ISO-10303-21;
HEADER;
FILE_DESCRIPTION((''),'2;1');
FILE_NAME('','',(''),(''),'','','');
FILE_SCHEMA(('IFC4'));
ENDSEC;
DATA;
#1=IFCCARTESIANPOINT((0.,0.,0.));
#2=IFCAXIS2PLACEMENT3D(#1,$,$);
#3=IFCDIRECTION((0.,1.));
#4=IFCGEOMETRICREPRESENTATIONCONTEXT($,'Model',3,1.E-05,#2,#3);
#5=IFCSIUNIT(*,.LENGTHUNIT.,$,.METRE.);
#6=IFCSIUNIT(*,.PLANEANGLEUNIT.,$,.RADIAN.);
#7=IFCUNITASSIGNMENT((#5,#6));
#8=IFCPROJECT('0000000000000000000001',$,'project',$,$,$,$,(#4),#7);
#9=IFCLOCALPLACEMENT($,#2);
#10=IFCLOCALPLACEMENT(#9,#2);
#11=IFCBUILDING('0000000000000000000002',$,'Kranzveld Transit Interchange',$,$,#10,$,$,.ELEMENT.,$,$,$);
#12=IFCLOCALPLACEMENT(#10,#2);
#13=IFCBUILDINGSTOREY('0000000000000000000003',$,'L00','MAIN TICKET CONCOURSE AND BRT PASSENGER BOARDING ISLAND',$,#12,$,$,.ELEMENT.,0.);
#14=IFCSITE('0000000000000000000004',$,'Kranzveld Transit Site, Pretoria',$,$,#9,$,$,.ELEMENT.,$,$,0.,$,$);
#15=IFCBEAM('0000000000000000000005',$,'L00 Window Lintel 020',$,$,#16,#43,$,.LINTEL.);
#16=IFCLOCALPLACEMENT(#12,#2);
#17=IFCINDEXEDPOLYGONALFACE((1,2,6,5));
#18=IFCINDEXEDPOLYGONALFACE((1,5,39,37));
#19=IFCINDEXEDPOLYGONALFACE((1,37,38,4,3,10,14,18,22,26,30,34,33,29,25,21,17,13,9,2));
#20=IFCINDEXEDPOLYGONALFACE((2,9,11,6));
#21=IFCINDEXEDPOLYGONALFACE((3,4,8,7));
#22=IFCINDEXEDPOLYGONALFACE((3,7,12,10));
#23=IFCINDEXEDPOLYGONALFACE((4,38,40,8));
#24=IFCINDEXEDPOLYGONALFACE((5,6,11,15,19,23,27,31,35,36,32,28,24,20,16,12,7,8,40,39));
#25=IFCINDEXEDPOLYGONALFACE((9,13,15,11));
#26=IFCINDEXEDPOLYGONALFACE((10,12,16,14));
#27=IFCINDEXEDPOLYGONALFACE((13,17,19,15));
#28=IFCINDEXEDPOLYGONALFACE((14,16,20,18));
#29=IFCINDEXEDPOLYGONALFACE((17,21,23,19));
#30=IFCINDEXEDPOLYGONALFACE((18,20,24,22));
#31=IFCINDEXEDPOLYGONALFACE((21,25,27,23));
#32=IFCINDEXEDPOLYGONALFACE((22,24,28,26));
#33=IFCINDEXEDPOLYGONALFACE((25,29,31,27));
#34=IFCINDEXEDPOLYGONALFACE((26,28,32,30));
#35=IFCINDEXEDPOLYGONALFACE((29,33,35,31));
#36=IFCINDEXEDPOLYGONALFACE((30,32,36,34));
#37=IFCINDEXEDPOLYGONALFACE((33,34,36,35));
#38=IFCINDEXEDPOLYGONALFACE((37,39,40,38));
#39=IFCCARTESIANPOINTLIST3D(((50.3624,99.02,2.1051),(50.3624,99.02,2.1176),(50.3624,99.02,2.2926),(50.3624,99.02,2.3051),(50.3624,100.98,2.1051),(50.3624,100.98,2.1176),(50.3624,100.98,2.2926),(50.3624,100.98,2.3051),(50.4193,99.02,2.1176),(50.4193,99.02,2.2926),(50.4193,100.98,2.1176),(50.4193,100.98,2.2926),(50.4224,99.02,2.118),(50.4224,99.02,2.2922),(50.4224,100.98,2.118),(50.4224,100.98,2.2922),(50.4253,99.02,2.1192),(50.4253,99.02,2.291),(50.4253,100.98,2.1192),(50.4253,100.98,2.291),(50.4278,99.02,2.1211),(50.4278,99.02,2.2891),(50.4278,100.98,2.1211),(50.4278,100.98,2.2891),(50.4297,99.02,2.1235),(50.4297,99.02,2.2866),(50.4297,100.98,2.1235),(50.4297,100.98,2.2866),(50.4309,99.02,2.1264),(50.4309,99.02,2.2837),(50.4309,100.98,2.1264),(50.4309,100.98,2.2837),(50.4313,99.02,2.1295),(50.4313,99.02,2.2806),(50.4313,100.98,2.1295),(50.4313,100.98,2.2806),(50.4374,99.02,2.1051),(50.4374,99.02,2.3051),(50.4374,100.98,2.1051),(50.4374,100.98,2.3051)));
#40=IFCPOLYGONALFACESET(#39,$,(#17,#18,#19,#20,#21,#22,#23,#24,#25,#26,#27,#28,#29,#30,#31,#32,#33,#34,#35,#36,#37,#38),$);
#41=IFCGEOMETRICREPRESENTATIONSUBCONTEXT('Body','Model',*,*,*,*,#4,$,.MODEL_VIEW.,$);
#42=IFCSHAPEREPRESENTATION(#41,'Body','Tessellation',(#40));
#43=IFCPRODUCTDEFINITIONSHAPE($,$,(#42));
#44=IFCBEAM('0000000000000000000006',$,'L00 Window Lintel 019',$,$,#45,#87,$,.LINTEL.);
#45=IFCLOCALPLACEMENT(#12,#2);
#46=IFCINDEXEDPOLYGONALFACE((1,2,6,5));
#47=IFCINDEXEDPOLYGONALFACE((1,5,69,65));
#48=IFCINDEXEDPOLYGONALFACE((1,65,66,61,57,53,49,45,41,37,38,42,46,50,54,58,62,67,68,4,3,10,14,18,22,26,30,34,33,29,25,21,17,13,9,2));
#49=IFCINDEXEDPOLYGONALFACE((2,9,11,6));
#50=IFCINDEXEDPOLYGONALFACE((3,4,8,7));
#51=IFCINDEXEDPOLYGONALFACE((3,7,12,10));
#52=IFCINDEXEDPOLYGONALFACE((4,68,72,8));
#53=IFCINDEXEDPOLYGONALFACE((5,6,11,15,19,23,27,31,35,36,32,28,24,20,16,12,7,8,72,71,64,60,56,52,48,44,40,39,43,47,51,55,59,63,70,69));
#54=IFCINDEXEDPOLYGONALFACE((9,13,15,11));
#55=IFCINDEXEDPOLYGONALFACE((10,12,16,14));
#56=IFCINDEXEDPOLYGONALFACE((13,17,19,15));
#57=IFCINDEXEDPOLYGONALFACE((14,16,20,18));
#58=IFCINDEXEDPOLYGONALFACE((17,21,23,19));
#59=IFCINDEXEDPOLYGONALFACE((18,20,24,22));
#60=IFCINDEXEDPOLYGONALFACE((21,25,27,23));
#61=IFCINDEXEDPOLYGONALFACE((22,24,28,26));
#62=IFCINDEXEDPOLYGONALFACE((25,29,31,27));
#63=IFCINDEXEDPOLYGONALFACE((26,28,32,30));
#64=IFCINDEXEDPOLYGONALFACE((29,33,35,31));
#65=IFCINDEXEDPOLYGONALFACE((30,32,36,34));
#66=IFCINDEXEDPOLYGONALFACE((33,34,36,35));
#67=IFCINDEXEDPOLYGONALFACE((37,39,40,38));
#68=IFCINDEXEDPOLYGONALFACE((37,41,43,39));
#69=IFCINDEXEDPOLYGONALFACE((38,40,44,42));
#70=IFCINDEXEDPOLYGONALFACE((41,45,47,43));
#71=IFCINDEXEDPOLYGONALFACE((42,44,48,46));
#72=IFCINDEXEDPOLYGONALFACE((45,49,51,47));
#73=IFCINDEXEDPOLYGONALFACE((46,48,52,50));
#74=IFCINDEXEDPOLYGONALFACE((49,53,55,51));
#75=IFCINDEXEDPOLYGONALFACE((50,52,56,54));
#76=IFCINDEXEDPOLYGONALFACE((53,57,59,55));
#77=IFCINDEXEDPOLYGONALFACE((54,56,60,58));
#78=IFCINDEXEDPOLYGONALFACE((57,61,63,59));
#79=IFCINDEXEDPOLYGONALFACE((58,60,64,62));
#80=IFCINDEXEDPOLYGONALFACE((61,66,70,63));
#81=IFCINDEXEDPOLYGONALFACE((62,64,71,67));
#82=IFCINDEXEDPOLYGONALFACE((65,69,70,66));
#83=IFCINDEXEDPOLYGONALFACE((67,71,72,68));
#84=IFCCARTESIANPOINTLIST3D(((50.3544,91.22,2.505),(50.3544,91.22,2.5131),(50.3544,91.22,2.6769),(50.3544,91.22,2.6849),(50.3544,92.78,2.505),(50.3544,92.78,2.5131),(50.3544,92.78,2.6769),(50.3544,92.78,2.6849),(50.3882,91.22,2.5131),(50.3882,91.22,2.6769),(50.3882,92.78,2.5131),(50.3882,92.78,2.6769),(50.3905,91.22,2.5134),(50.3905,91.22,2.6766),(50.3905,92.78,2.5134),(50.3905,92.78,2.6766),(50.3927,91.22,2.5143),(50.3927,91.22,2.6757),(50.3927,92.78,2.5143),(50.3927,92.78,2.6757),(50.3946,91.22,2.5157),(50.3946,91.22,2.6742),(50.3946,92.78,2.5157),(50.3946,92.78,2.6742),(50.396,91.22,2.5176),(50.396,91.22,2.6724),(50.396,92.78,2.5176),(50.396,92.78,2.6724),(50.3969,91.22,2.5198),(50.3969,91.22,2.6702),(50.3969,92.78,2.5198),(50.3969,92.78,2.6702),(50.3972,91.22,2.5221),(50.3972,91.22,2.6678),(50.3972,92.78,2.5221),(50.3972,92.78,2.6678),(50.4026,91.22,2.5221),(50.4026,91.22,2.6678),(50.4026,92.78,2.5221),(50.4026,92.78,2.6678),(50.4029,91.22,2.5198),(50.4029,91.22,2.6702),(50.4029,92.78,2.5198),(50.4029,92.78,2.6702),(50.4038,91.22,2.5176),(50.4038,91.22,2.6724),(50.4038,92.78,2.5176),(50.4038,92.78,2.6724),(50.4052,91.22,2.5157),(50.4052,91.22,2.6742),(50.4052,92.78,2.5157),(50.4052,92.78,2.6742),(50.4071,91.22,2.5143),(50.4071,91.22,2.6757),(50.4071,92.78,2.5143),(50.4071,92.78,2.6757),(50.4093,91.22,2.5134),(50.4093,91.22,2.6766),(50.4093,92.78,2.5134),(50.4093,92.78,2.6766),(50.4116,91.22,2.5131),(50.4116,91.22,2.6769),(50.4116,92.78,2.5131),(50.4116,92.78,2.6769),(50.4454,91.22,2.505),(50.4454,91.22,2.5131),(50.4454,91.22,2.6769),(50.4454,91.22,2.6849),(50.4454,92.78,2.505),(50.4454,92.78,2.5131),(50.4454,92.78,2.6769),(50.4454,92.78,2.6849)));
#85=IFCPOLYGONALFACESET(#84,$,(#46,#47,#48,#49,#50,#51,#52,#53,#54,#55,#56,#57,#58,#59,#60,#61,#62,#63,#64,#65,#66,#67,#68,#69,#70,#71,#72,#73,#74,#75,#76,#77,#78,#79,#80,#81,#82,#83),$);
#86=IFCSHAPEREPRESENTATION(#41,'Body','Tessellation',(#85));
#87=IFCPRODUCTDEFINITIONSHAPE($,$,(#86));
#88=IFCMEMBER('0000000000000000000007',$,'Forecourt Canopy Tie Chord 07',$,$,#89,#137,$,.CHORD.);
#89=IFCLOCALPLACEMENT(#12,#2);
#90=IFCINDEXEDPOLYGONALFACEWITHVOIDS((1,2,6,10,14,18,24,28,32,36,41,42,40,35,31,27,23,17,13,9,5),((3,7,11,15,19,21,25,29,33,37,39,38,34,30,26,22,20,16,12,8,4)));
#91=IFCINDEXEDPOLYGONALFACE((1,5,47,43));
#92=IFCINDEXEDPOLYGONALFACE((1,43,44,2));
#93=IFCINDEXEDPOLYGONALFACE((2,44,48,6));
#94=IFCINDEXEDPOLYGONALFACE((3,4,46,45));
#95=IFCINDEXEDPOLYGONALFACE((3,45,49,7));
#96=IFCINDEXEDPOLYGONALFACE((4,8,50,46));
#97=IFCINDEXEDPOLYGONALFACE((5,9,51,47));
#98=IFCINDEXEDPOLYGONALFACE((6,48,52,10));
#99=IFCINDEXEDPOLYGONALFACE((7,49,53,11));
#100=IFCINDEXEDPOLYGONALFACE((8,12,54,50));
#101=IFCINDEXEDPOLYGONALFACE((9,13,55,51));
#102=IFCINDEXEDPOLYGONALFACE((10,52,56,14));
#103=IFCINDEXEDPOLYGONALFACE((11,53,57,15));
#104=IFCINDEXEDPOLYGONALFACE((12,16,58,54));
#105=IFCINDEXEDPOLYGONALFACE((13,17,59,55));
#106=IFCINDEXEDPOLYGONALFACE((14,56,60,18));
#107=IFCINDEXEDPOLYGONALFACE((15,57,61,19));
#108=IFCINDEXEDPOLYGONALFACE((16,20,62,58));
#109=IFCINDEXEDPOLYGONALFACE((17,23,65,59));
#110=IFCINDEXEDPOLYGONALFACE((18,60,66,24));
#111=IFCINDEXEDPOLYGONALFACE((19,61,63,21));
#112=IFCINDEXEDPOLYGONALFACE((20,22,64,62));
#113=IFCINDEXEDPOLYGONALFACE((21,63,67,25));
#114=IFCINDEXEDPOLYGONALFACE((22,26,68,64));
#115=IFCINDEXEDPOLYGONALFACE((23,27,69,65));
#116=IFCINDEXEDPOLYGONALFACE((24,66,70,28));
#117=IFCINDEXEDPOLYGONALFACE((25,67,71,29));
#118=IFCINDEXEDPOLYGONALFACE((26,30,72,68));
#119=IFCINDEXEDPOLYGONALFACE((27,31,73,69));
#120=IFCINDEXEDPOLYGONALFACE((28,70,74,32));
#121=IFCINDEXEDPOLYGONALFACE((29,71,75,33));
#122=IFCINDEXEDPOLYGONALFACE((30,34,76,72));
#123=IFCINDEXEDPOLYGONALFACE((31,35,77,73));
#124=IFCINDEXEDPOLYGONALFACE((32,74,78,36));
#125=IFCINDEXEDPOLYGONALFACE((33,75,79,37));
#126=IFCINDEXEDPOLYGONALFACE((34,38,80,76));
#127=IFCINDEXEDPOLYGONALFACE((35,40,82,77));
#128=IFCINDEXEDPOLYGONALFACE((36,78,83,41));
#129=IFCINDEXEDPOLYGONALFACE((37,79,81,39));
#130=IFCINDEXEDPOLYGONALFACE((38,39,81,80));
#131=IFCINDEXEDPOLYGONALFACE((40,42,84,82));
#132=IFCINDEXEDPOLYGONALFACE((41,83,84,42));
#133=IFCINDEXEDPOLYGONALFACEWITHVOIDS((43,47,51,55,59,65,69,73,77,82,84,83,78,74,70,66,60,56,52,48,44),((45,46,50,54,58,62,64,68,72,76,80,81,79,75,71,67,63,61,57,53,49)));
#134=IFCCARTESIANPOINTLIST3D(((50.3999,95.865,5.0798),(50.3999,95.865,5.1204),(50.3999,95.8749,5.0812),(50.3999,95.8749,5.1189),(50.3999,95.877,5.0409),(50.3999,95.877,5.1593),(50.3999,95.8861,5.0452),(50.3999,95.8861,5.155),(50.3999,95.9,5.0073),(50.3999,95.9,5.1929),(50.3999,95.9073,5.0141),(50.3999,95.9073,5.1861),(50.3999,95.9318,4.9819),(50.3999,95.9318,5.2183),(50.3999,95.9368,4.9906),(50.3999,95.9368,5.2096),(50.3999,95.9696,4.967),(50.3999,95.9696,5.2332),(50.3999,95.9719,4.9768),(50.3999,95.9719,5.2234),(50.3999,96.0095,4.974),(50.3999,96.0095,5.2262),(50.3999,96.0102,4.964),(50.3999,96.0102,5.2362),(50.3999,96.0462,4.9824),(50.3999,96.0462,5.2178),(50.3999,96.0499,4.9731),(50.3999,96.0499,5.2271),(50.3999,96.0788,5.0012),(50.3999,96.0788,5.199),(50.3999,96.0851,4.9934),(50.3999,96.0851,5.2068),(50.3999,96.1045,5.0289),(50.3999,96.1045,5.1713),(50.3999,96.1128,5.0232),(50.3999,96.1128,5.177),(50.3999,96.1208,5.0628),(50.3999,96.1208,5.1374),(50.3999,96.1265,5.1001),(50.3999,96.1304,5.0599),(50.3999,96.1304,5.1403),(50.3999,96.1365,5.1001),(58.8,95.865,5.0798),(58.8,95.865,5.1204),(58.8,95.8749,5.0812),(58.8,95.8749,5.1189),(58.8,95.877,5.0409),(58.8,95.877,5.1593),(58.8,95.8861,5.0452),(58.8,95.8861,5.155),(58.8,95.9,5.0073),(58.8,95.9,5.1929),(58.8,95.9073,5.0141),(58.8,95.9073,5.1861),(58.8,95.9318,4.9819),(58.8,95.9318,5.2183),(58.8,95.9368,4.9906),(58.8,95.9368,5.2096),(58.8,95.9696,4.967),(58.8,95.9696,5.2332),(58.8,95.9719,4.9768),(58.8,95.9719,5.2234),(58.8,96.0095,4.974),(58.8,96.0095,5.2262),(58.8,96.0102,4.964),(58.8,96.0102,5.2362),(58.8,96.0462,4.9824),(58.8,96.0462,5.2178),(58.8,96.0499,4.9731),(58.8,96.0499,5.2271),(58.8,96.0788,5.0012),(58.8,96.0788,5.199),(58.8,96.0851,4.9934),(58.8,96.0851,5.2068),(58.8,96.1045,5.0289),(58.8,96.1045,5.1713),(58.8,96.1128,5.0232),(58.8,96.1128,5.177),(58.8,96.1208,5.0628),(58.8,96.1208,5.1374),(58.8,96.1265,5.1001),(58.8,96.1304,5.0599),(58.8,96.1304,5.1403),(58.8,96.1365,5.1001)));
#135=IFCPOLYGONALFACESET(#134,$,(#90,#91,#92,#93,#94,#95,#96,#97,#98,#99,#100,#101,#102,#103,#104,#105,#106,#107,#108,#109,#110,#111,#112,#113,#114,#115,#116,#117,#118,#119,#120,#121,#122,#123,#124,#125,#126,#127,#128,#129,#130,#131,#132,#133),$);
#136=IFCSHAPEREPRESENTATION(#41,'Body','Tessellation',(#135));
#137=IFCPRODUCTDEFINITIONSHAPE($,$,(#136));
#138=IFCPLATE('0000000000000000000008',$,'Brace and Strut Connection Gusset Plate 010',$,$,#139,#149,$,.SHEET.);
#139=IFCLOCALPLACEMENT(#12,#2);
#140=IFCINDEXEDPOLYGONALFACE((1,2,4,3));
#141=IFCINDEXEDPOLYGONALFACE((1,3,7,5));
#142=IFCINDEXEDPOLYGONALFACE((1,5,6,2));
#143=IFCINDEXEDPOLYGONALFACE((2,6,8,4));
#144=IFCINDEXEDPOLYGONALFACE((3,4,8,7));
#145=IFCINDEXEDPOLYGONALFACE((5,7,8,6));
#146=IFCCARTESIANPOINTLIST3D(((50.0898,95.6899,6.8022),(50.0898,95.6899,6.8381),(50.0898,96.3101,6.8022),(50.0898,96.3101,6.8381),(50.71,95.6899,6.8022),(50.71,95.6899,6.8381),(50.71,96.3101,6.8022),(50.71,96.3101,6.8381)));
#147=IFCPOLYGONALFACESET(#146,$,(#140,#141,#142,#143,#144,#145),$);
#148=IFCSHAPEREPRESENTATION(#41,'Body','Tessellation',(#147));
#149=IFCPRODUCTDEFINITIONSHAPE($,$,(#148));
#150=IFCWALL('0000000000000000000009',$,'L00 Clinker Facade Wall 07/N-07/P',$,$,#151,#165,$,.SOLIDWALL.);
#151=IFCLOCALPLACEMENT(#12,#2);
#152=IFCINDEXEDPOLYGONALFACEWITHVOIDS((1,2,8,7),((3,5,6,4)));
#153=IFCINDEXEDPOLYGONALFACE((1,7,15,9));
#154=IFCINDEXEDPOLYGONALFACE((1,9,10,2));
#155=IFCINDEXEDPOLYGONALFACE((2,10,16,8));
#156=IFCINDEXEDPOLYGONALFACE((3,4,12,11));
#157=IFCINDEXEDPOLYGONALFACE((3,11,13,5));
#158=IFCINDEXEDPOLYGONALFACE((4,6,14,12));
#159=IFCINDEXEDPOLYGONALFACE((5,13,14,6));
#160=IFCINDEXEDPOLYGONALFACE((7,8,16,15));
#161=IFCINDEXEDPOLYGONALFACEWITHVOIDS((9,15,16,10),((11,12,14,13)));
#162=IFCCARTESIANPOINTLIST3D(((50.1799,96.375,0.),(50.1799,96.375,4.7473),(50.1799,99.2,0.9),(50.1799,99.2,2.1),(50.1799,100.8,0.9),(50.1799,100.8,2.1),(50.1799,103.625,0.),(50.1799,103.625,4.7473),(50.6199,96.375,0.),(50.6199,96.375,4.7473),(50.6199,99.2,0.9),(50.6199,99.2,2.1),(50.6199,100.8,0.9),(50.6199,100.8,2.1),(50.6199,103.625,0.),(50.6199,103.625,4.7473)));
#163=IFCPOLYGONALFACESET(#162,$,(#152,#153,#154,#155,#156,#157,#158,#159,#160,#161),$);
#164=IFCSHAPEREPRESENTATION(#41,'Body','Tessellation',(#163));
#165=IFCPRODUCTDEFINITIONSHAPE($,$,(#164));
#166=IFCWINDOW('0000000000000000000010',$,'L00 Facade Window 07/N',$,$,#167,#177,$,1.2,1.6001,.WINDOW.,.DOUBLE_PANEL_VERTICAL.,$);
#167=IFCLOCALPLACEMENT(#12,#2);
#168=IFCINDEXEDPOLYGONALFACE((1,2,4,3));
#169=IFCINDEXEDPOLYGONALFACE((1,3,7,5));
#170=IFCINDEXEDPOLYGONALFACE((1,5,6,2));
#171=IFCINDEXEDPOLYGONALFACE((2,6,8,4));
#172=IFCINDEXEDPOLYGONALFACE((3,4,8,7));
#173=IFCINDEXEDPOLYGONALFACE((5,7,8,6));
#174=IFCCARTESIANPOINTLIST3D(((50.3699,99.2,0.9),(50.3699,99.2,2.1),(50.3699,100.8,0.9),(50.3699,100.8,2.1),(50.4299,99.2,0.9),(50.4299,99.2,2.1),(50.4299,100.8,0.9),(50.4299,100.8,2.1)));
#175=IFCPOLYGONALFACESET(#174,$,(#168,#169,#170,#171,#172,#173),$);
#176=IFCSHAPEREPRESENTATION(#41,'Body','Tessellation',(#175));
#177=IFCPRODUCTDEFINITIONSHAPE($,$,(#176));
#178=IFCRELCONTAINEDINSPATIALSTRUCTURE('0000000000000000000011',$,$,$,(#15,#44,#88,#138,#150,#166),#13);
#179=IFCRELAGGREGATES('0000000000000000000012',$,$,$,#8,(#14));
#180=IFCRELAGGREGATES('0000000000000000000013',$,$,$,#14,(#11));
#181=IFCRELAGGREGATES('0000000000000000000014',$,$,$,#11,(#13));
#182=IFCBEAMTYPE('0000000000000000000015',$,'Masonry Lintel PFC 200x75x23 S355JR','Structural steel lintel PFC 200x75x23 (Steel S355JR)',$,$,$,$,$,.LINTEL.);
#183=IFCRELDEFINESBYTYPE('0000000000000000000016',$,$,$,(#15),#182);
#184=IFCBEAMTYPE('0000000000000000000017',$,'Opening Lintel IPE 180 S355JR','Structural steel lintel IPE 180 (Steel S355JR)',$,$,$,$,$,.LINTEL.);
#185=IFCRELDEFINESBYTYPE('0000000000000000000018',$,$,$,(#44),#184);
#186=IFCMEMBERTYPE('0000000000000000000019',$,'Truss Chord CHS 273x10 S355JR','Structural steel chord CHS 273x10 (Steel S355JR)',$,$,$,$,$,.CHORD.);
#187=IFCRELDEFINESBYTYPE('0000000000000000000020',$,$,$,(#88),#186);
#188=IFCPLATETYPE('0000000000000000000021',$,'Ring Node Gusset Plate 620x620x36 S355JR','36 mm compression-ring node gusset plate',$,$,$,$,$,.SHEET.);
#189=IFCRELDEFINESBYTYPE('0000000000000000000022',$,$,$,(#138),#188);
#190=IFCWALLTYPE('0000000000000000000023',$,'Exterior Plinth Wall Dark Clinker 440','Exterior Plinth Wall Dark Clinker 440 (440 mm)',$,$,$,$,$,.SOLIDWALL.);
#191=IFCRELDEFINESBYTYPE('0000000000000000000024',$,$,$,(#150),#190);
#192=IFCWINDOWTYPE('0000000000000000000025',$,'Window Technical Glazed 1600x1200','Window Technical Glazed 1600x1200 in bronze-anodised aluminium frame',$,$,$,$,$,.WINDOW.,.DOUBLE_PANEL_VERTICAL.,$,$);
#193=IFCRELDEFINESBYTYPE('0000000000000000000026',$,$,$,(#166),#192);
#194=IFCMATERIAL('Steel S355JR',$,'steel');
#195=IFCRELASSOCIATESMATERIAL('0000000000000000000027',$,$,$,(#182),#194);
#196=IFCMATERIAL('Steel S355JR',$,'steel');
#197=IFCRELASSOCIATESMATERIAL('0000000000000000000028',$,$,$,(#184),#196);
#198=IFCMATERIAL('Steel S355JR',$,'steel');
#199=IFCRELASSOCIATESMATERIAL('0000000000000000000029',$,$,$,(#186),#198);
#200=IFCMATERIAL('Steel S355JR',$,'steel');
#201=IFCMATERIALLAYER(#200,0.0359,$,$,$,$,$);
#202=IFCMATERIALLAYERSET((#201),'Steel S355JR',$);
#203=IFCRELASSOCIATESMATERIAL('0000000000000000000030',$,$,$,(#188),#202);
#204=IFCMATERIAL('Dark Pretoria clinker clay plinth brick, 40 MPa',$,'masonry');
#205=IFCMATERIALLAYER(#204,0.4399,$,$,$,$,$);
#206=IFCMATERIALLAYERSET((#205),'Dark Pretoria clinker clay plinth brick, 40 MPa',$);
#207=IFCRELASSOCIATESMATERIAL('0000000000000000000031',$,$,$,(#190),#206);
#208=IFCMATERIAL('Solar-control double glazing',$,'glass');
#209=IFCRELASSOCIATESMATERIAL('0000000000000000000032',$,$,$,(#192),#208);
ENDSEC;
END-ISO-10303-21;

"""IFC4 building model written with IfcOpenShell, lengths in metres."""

from ifc_helpers import new_model, si_unit, direction, frame, frame_2d, origin, origin_2d, place, context, subcontext, project, spatial, rectangle, hollow_circle, i_section, u_section, extrude, material, layer, layer_set, material_profile, profile_set, type_object, element, fill, save


model = new_model("IFC4")

# Units and contexts
model_context = context("Model", 3, precision=1e-05, world=origin(), true_north=direction((0.0, 1.0)))
body_context = subcontext(model_context, "Body", "Model", "MODEL_VIEW")
ifc_project = project(units=[si_unit("LENGTHUNIT", "METRE"), si_unit("PLANEANGLEUNIT", "RADIAN")], contexts=[model_context])

# Site, building, storey
site_placement = place(None, origin())
site = spatial("IfcSite", under=ifc_project, at=site_placement, Name="Kranzveld Transit Site, Pretoria", CompositionType="ELEMENT", RefElevation=0.0)
building_placement = place(site_placement, origin())
building = spatial("IfcBuilding", under=site, at=building_placement, Name="Kranzveld Transit Interchange", CompositionType="ELEMENT")
storey_placement = place(building_placement, origin())
storey = spatial("IfcBuildingStorey", under=building, at=storey_placement, Name="L00", Description="MAIN TICKET CONCOURSE AND BRT PASSENGER BOARDING ISLAND", CompositionType="ELEMENT", Elevation=0.0)

# Beams
ifc_material_1 = material(Name="Steel S355JR", Category="steel")
ifc_material_profile_1 = material_profile(ifc_material_1, u_section(Depth=0.2, FlangeWidth=0.075, WebThickness=0.0061, FlangeThickness=0.0125, FilletRadius=0.012, at=origin_2d()), Name="PFC 200x75x23")
ifc_profile_set_1 = profile_set([ifc_material_profile_1], Name="Steel S355JR")
beam_type_1 = type_object("IfcBeamType", Name="Masonry Lintel PFC 200x75x23 S355JR", Description="Structural steel lintel PFC 200x75x23 (Steel S355JR)", PredefinedType="LINTEL", material=ifc_profile_set_1)
beam_1_placement = place(storey_placement, frame((50.3999, 99.02, 2.2051), z_axis=(0.0, 1.0, 0.0), x_axis=(-1.0, 0.0, 0.0)))
element("IfcBeam", 1, at=beam_1_placement, inside=storey, type_object=beam_type_1, Name="L00 Window Lintel 020", PredefinedType="LINTEL", context=body_context, shape_type="SweptSolid", body=[
    extrude(u_section(Depth=0.2, FlangeWidth=0.075, WebThickness=0.0061, FlangeThickness=0.0125, FilletRadius=0.012, at=origin_2d()), origin(), (0.0, 0.0, 1.0), 1.96),
])
ifc_material_2 = material(Name="Steel S355JR", Category="steel")
ifc_material_profile_2 = material_profile(ifc_material_2, i_section(OverallWidth=0.0911, OverallDepth=0.1799, WebThickness=0.0054, FlangeThickness=0.0081, FilletRadius=0.009, at=origin_2d()), Name="IPE 180")
ifc_profile_set_2 = profile_set([ifc_material_profile_2], Name="Steel S355JR")
beam_type_2 = type_object("IfcBeamType", Name="Opening Lintel IPE 180 S355JR", Description="Structural steel lintel IPE 180 (Steel S355JR)", PredefinedType="LINTEL", material=ifc_profile_set_2)
beam_2_placement = place(storey_placement, frame((50.3999, 91.22, 2.595), z_axis=(0.0, 1.0, 0.0), x_axis=(-1.0, 0.0, 0.0)))
element("IfcBeam", 2, at=beam_2_placement, inside=storey, type_object=beam_type_2, Name="L00 Window Lintel 019", PredefinedType="LINTEL", context=body_context, shape_type="SweptSolid", body=[
    extrude(i_section(OverallWidth=0.0911, OverallDepth=0.1799, WebThickness=0.0054, FlangeThickness=0.0081, FilletRadius=0.009, at=origin_2d()), origin(), (0.0, 0.0, 1.0), 1.5601),
])

# Member
ifc_material_3 = material(Name="Steel S355JR", Category="steel")
ifc_material_profile_3 = material_profile(ifc_material_3, hollow_circle(Radius=0.1365, WallThickness=0.01, at=origin_2d()), Name="CHS 273x10")
ifc_profile_set_3 = profile_set([ifc_material_profile_3], Name="Steel S355JR")
member_type_1 = type_object("IfcMemberType", Name="Truss Chord CHS 273x10 S355JR", Description="Structural steel chord CHS 273x10 (Steel S355JR)", PredefinedType="CHORD", material=ifc_profile_set_3)
member_1_placement = place(storey_placement, frame((50.3999, 96.0, 5.1001), z_axis=(1.0, 0.0, 0.0), x_axis=(0.0, 1.0, 0.0)))
element("IfcMember", 3, at=member_1_placement, inside=storey, type_object=member_type_1, Name="Forecourt Canopy Tie Chord 07", PredefinedType="CHORD", context=body_context, shape_type="SweptSolid", body=[
    extrude(hollow_circle(Radius=0.1365, WallThickness=0.01, at=origin_2d()), origin(), (0.0, 0.0, 1.0), 8.4001),
])

# Plate
ifc_material_4 = material(Name="Steel S355JR", Category="steel")
ifc_layer_1 = layer(ifc_material_4, 0.0359)
ifc_layer_set_1 = layer_set([ifc_layer_1], Name="Steel S355JR")
plate_type = type_object("IfcPlateType", Name="Ring Node Gusset Plate 620x620x36 S355JR", Description="36 mm compression-ring node gusset plate", PredefinedType="SHEET", material=ifc_layer_set_1)
plate_placement = place(storey_placement, frame((50.3999, 96.0, 6.8022), z_axis=(0.0, 0.0, 1.0), x_axis=(1.0, 0.0, 0.0)))
element("IfcPlate", 4, at=plate_placement, inside=storey, type_object=plate_type, Name="Brace and Strut Connection Gusset Plate 010", PredefinedType="SHEET", context=body_context, shape_type="SweptSolid", body=[
    extrude(rectangle(XDim=0.6201, YDim=0.6201, at=origin_2d()), origin(), (0.0, 0.0, 1.0), 0.0359),
])

# Wall, opening, window
ifc_material_5 = material(Name="Dark Pretoria clinker clay plinth brick, 40 MPa", Category="masonry")
ifc_layer_2 = layer(ifc_material_5, 0.4399)
ifc_layer_set_2 = layer_set([ifc_layer_2], Name="Dark Pretoria clinker clay plinth brick, 40 MPa")
wall_type_1 = type_object("IfcWallType", Name="Exterior Plinth Wall Dark Clinker 440", Description="Exterior Plinth Wall Dark Clinker 440 (440 mm)", PredefinedType="SOLIDWALL", material=ifc_layer_set_2)
wall_1_placement = place(storey_placement, frame((50.3999, 96.375, 0.0), z_axis=(0.0, 0.0, 1.0), x_axis=(0.0, 1.0, 0.0)))
wall_1 = element("IfcWall", 5, at=wall_1_placement, inside=storey, type_object=wall_type_1, Name="L00 Clinker Facade Wall 07/N-07/P", PredefinedType="SOLIDWALL", context=body_context, shape_type="SweptSolid", body=[
    extrude(rectangle(XDim=7.25, YDim=0.4399, at=frame_2d((3.625, 0.0))), origin(), (0.0, 0.0, 1.0), 4.7473),
])
opening_placement = place(wall_1_placement, frame((2.825, 0.0, 0.8999), z_axis=(0.0, 0.0, 1.0), x_axis=(1.0, 0.0, 0.0)))
opening = element("IfcOpeningElement", 6, at=opening_placement, cuts=wall_1, PredefinedType="OPENING", context=body_context, shape_type="SweptSolid", body=[
    extrude(rectangle(XDim=1.6001, YDim=1.2, at=frame_2d((0.8, 0.6001))), frame((0.0, 0.23, 0.0), z_axis=(0.0, -1.0, 0.0), x_axis=(1.0, 0.0, 0.0)), (0.0, 0.0, 1.0), 0.46),
])
ifc_material_6 = material(Name="Solar-control double glazing", Category="glass")
window_type = type_object("IfcWindowType", Name="Window Technical Glazed 1600x1200", Description="Window Technical Glazed 1600x1200 in bronze-anodised aluminium frame", PartitioningType="DOUBLE_PANEL_VERTICAL", PredefinedType="WINDOW", material=ifc_material_6)
window_placement = place(opening_placement, origin())
window = element("IfcWindow", 7, at=window_placement, inside=storey, type_object=window_type, Name="L00 Facade Window 07/N", OverallHeight=1.2, OverallWidth=1.6001, PartitioningType="DOUBLE_PANEL_VERTICAL", PredefinedType="WINDOW", context=body_context, shape_type="SweptSolid", body=[
    extrude(rectangle(XDim=1.6001, YDim=1.2, at=frame_2d((0.8, 0.6001))), frame((0.0, 0.03, 0.0), z_axis=(0.0, -1.0, 0.0), x_axis=(1.0, 0.0, 0.0)), (0.0, 0.0, 1.0), 0.0601),
])
fill(opening, window)

save(model, "model.ifc")
